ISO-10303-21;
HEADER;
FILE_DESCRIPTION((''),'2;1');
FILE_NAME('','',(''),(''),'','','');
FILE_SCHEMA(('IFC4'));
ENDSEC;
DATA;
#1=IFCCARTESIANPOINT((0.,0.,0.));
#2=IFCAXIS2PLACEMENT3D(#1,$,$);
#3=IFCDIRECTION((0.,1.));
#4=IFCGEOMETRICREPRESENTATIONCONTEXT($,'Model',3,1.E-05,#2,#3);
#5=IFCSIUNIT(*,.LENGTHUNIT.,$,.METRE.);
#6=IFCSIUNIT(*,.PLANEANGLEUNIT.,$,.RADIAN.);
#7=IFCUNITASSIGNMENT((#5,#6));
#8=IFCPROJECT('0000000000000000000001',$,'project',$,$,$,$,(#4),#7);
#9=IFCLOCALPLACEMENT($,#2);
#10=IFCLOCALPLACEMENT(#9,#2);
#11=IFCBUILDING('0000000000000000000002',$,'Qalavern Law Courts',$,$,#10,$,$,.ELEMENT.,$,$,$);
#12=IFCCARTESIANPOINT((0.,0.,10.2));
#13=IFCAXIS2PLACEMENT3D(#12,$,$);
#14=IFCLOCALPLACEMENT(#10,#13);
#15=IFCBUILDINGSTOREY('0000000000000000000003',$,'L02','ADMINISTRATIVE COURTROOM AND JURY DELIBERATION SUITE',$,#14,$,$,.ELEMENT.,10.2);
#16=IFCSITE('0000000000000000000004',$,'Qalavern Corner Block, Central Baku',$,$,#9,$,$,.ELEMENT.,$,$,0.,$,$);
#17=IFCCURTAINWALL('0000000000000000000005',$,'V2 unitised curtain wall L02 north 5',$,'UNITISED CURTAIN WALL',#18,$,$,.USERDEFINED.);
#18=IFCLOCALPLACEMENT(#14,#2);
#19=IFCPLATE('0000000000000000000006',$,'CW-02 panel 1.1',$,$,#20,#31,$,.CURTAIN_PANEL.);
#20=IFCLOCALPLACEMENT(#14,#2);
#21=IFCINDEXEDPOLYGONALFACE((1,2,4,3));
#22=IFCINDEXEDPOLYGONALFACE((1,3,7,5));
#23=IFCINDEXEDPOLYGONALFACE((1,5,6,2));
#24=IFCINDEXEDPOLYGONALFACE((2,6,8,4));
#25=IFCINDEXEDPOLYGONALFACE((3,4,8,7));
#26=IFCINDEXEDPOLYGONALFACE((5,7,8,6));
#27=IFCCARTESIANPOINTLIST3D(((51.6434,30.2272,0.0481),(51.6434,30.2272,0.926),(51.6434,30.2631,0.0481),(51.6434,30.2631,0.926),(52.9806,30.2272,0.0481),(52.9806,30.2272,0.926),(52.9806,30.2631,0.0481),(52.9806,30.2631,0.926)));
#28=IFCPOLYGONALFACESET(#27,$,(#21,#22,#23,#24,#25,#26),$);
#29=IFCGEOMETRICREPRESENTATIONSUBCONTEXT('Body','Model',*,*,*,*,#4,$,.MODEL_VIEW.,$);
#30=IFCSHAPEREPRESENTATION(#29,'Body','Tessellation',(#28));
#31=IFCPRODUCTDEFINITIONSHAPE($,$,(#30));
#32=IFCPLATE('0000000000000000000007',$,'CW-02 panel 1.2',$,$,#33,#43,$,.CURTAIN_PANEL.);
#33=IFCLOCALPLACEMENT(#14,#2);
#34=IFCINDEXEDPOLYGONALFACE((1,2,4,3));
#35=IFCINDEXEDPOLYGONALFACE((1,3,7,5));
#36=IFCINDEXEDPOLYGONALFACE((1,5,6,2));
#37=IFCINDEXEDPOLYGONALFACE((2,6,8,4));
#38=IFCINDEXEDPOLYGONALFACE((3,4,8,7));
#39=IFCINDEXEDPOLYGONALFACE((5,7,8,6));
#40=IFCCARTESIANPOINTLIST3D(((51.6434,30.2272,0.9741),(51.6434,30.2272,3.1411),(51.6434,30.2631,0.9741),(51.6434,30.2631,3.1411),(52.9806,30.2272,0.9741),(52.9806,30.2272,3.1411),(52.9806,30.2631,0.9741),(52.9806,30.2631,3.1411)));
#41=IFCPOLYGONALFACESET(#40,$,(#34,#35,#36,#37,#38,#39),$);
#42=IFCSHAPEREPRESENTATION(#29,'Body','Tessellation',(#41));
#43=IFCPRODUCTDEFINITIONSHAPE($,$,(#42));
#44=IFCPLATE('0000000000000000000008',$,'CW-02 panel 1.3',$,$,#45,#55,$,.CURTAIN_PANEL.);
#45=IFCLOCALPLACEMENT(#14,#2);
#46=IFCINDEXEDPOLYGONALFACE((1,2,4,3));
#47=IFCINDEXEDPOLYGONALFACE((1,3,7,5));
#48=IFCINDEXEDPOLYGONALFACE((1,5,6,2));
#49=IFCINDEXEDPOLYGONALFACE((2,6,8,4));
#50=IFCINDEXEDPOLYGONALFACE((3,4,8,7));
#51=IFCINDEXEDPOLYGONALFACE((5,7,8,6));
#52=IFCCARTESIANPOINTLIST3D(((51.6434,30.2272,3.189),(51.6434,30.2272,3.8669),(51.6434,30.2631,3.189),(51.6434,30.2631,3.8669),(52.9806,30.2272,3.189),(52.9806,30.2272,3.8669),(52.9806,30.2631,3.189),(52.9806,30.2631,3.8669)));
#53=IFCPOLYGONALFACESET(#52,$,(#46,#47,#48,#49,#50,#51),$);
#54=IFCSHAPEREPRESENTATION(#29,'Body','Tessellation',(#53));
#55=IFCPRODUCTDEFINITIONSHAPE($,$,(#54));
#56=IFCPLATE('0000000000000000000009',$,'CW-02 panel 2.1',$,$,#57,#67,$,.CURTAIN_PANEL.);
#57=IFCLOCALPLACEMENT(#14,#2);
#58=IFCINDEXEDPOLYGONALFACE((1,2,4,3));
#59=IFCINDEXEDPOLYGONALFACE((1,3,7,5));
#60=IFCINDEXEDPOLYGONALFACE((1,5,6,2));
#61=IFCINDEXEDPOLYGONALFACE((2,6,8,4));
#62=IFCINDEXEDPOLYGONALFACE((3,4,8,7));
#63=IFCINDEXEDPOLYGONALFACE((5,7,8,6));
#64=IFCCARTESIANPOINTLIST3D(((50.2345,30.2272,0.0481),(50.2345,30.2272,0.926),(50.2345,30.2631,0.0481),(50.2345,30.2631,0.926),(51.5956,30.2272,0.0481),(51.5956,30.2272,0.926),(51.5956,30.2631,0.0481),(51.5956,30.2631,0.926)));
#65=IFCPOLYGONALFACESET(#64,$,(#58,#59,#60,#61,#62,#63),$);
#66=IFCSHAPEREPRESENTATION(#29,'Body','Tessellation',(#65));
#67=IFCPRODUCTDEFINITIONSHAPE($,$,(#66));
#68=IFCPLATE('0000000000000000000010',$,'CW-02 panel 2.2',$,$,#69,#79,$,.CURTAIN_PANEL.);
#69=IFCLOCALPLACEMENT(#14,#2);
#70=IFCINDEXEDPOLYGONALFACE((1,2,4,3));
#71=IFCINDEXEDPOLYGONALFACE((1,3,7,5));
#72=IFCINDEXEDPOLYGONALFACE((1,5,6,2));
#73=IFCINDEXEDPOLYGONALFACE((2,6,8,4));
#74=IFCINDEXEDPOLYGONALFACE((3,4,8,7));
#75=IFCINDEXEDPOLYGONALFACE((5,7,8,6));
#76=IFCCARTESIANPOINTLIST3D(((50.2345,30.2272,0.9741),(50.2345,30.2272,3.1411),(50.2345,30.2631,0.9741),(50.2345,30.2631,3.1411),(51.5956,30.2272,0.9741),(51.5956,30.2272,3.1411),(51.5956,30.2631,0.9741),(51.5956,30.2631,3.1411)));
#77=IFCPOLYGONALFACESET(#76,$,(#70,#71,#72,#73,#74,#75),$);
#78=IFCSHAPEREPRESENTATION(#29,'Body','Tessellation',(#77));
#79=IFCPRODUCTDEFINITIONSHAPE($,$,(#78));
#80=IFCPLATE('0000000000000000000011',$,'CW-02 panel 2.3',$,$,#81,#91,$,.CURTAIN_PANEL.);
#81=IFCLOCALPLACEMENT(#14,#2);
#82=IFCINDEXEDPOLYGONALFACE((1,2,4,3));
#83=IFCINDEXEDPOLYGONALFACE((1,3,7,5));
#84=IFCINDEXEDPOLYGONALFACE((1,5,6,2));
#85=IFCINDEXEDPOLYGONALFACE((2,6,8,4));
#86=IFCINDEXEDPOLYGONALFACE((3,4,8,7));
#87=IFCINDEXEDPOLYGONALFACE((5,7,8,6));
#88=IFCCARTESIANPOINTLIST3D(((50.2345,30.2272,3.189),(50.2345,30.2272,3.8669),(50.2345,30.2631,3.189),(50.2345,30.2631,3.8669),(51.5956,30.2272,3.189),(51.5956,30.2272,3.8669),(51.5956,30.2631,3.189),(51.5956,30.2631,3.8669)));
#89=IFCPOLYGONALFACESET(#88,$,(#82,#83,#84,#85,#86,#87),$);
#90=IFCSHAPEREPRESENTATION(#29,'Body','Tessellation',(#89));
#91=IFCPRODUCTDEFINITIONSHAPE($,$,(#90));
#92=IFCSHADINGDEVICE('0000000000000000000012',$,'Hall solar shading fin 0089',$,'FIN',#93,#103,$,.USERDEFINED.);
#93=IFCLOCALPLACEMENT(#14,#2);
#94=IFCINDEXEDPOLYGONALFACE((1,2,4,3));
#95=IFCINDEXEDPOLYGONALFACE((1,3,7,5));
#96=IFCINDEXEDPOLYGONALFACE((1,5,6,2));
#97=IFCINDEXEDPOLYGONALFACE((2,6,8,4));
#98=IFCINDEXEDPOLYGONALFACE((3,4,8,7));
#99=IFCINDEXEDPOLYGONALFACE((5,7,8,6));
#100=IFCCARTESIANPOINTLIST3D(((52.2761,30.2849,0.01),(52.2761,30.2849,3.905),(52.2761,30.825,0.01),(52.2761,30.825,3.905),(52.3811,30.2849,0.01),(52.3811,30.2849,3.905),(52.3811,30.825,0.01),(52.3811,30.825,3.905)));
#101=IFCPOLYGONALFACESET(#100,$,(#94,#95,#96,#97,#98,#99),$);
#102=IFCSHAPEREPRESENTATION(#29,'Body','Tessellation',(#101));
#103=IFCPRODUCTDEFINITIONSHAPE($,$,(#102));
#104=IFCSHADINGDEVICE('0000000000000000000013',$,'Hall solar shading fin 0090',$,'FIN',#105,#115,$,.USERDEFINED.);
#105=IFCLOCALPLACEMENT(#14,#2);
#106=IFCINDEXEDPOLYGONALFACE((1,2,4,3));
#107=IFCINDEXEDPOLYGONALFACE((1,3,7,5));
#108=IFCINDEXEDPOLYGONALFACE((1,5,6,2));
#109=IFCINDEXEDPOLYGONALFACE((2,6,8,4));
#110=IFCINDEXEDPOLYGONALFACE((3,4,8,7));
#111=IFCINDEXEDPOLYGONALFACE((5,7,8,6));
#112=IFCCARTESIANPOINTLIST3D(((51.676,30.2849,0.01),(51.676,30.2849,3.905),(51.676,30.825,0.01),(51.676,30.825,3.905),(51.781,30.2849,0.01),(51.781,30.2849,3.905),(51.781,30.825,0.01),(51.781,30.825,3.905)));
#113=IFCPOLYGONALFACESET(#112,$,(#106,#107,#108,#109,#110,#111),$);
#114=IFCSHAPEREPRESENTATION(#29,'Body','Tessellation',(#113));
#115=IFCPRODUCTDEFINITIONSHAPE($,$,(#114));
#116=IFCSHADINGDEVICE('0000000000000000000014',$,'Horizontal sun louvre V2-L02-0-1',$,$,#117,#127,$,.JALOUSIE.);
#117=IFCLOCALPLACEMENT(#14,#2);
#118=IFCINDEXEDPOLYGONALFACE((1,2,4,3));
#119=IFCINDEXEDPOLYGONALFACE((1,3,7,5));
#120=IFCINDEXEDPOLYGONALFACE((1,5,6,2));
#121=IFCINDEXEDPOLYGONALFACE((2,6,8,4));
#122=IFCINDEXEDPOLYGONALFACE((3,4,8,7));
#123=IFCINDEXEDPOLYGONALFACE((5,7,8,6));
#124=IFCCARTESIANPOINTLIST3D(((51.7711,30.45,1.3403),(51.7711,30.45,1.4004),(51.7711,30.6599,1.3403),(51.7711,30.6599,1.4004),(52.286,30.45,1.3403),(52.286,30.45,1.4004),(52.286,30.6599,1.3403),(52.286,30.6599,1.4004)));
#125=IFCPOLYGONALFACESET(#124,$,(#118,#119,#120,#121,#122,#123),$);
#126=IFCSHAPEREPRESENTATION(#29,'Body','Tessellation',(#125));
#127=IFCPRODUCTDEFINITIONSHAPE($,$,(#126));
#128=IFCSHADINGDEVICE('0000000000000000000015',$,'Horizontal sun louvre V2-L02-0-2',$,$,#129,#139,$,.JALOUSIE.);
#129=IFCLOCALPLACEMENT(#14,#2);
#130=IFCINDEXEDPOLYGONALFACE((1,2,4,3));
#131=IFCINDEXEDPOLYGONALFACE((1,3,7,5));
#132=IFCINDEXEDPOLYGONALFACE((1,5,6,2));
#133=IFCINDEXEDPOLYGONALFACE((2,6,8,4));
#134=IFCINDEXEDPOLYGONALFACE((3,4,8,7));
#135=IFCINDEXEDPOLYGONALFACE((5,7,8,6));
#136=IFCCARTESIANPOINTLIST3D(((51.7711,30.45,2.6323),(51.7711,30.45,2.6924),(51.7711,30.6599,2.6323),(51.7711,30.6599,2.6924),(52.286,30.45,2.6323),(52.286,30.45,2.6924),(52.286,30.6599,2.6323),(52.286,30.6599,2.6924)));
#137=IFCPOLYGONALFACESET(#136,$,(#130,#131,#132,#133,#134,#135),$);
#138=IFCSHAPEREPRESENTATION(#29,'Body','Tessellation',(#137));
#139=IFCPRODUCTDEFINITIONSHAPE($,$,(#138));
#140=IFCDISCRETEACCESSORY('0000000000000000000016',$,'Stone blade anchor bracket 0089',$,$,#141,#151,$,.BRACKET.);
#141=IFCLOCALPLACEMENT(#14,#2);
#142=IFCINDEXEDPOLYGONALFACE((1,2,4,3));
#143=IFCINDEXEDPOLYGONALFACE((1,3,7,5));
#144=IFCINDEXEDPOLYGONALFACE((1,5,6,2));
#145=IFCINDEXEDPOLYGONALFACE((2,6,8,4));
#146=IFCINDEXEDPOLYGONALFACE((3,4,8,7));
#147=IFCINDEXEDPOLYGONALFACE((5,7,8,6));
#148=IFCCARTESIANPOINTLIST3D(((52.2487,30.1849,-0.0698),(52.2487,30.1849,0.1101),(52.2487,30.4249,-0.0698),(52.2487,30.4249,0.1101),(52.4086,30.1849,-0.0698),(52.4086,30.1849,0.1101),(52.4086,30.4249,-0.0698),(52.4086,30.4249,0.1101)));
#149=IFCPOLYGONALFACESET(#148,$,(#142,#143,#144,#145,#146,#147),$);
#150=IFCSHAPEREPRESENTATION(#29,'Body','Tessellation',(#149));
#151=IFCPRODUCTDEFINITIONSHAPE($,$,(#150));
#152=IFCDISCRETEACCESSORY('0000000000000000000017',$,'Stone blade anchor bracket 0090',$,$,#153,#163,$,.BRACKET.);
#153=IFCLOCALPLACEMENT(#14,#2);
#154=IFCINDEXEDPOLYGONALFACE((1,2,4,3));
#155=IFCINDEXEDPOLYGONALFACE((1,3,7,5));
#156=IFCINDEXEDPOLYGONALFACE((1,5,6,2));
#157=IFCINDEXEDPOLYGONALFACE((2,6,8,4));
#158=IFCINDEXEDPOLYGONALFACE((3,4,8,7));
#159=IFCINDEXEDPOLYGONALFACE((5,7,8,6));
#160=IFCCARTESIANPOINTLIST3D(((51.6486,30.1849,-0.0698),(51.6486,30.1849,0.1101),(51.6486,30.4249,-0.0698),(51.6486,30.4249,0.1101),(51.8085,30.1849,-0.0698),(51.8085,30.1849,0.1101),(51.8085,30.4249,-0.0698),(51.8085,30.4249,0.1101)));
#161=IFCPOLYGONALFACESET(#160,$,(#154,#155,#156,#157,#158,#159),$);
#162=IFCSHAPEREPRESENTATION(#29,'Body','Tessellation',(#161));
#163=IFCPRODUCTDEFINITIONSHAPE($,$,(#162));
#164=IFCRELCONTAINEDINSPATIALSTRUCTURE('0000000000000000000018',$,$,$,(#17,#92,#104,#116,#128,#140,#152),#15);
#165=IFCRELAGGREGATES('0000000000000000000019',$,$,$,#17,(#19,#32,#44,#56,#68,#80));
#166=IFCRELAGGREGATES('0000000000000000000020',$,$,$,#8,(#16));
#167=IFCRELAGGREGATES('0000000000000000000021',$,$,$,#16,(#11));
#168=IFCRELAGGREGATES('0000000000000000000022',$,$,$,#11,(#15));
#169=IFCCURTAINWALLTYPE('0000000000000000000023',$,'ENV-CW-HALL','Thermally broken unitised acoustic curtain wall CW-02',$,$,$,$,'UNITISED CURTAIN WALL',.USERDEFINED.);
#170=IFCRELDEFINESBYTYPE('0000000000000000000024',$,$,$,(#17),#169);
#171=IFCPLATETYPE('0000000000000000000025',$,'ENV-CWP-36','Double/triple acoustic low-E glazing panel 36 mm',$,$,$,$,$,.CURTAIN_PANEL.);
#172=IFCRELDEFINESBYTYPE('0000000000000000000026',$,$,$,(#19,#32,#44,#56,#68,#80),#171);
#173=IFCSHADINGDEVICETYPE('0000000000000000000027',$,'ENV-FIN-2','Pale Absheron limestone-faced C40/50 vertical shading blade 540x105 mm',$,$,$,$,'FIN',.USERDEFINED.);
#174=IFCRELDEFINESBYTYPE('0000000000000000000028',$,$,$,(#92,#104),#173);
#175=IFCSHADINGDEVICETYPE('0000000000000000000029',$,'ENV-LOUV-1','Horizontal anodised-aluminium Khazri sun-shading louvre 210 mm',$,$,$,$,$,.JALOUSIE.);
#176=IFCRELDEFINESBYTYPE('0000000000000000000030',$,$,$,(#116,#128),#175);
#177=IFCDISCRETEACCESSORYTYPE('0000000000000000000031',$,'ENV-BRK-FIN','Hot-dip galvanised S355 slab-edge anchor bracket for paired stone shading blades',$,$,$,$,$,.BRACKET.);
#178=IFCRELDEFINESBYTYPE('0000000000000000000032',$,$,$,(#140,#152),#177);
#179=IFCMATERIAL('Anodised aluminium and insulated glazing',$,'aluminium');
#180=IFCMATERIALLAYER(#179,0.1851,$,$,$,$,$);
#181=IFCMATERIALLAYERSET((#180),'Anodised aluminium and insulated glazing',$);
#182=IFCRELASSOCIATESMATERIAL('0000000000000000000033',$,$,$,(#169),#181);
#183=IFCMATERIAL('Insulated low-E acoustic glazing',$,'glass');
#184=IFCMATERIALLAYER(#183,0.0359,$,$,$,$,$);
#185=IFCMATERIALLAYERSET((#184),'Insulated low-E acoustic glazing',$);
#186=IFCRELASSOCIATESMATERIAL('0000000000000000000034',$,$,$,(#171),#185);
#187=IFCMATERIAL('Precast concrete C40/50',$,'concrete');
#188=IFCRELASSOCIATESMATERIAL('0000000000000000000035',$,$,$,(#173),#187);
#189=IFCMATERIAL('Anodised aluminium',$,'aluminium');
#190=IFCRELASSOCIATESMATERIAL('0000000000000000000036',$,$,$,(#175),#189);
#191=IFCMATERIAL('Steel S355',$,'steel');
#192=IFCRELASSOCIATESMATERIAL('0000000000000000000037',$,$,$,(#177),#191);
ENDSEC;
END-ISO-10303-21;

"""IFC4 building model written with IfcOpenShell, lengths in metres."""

from ifc_helpers import new_model, si_unit, direction, frame, origin, origin_2d, place, context, subcontext, project, spatial, rectangle, extrude, material, layer, layer_set, type_object, element, aggregate, save


model = new_model("IFC4")

# Units and contexts
model_context = context("Model", 3, precision=1e-05, world=origin(), true_north=direction((0.0, 1.0)))
body_context = subcontext(model_context, "Body", "Model", "MODEL_VIEW")
ifc_project = project(units=[si_unit("LENGTHUNIT", "METRE"), si_unit("PLANEANGLEUNIT", "RADIAN")], contexts=[model_context])

# Site, building, storey
site_placement = place(None, origin())
site = spatial("IfcSite", under=ifc_project, at=site_placement, Name="Qalavern Corner Block, Central Baku", CompositionType="ELEMENT", RefElevation=0.0)
building_placement = place(site_placement, origin())
building = spatial("IfcBuilding", under=site, at=building_placement, Name="Qalavern Law Courts", CompositionType="ELEMENT")
storey_placement = place(building_placement, frame((0.0, 0.0, 10.2)))
storey = spatial("IfcBuildingStorey", under=building, at=storey_placement, Name="L02", Description="ADMINISTRATIVE COURTROOM AND JURY DELIBERATION SUITE", CompositionType="ELEMENT", Elevation=10.2)

# Curtain wall, plates
ifc_material_1 = material(Name="Anodised aluminium and insulated glazing", Category="aluminium")
ifc_layer_1 = layer(ifc_material_1, 0.1851)
ifc_layer_set_1 = layer_set([ifc_layer_1], Name="Anodised aluminium and insulated glazing")
curtain_wall_type = type_object("IfcCurtainWallType", Name="ENV-CW-HALL", Description="Thermally broken unitised acoustic curtain wall CW-02", ElementType="UNITISED CURTAIN WALL", PredefinedType="USERDEFINED", material=ifc_layer_set_1)
curtain_wall_placement = place(storey_placement, origin())
curtain_wall = element("IfcCurtainWall", 1, at=curtain_wall_placement, inside=storey, type_object=curtain_wall_type, Name="V2 unitised curtain wall L02 north 5", ObjectType="UNITISED CURTAIN WALL", PredefinedType="USERDEFINED")
ifc_material_2 = material(Name="Anodised aluminium", Category="aluminium")
ifc_material_3 = material(Name="Insulated low-E acoustic glazing", Category="glass")
ifc_layer_2 = layer(ifc_material_3, 0.0359)
ifc_layer_set_2 = layer_set([ifc_layer_2], Name="Insulated low-E acoustic glazing")
plate_type = type_object("IfcPlateType", Name="ENV-CWP-36", Description="Double/triple acoustic low-E glazing panel 36 mm", PredefinedType="CURTAIN_PANEL", material=ifc_layer_set_2)
plate_1_placement = place(storey_placement, frame((52.312, 30.2451, 0.0481), z_axis=(0.0, 0.0, 1.0), x_axis=(-1.0, 0.0, 0.0)))
plate_1 = element("IfcPlate", 2, at=plate_1_placement, type_object=plate_type, Name="CW-02 panel 1.1", PredefinedType="CURTAIN_PANEL", context=body_context, shape_type="SweptSolid", body=[
    extrude(rectangle(XDim=1.3372, YDim=0.0359, at=origin_2d()), origin(), (0.0, 0.0, 1.0), 0.8779),
])
plate_2_placement = place(storey_placement, frame((52.312, 30.2451, 0.9741), z_axis=(0.0, 0.0, 1.0), x_axis=(-1.0, 0.0, 0.0)))
plate_2 = element("IfcPlate", 3, at=plate_2_placement, type_object=plate_type, Name="CW-02 panel 1.2", PredefinedType="CURTAIN_PANEL", context=body_context, shape_type="SweptSolid", body=[
    extrude(rectangle(XDim=1.3372, YDim=0.0359, at=origin_2d()), origin(), (0.0, 0.0, 1.0), 2.167),
])
plate_3_placement = place(storey_placement, frame((52.312, 30.2451, 3.189), z_axis=(0.0, 0.0, 1.0), x_axis=(-1.0, 0.0, 0.0)))
plate_3 = element("IfcPlate", 4, at=plate_3_placement, type_object=plate_type, Name="CW-02 panel 1.3", PredefinedType="CURTAIN_PANEL", context=body_context, shape_type="SweptSolid", body=[
    extrude(rectangle(XDim=1.3372, YDim=0.0359, at=origin_2d()), origin(), (0.0, 0.0, 1.0), 0.678),
])
plate_4_placement = place(storey_placement, frame((50.915, 30.2451, 0.0481), z_axis=(0.0, 0.0, 1.0), x_axis=(-1.0, 0.0, 0.0)))
plate_4 = element("IfcPlate", 5, at=plate_4_placement, type_object=plate_type, Name="CW-02 panel 2.1", PredefinedType="CURTAIN_PANEL", context=body_context, shape_type="SweptSolid", body=[
    extrude(rectangle(XDim=1.3611, YDim=0.0359, at=origin_2d()), origin(), (0.0, 0.0, 1.0), 0.8779),
])
plate_5_placement = place(storey_placement, frame((50.915, 30.2451, 0.9741), z_axis=(0.0, 0.0, 1.0), x_axis=(-1.0, 0.0, 0.0)))
plate_5 = element("IfcPlate", 6, at=plate_5_placement, type_object=plate_type, Name="CW-02 panel 2.2", PredefinedType="CURTAIN_PANEL", context=body_context, shape_type="SweptSolid", body=[
    extrude(rectangle(XDim=1.3611, YDim=0.0359, at=origin_2d()), origin(), (0.0, 0.0, 1.0), 2.167),
])
plate_6_placement = place(storey_placement, frame((50.915, 30.2451, 3.189), z_axis=(0.0, 0.0, 1.0), x_axis=(-1.0, 0.0, 0.0)))
plate_6 = element("IfcPlate", 7, at=plate_6_placement, type_object=plate_type, Name="CW-02 panel 2.3", PredefinedType="CURTAIN_PANEL", context=body_context, shape_type="SweptSolid", body=[
    extrude(rectangle(XDim=1.3611, YDim=0.0359, at=origin_2d()), origin(), (0.0, 0.0, 1.0), 0.678),
])
aggregate(curtain_wall, [plate_1, plate_2, plate_3, plate_4, plate_5, plate_6])

# Shading devices
ifc_material_4 = material(Name="Precast concrete C40/50", Category="concrete")
shading_device_type_1 = type_object("IfcShadingDeviceType", Name="ENV-FIN-2", Description="Pale Absheron limestone-faced C40/50 vertical shading blade 540x105 mm", ElementType="FIN", PredefinedType="USERDEFINED", material=ifc_material_4)
for number, where, z_axis, x_axis, name in (
    (8, (52.3286, 30.5549, 0.01), (0.0, 0.0, 1.0), (0.0, 1.0, 0.0), "Hall solar shading fin 0089"),
    (9, (51.7285, 30.5549, 0.01), (0.0, 0.0, 1.0), (0.0, 1.0, 0.0), "Hall solar shading fin 0090"),
):
    element("IfcShadingDevice", number, at=place(storey_placement, frame(where, z_axis=z_axis, x_axis=x_axis)), inside=storey, type_object=shading_device_type_1, Name=name, ObjectType="FIN", PredefinedType="USERDEFINED", context=body_context, shape_type="SweptSolid", body=[
        extrude(rectangle(XDim=0.54, YDim=0.105, at=origin_2d()), origin(), (0.0, 0.0, 1.0), 3.895),
    ])
shading_device_type_2 = type_object("IfcShadingDeviceType", Name="ENV-LOUV-1", Description="Horizontal anodised-aluminium Khazri sun-shading louvre 210 mm", PredefinedType="JALOUSIE", material=ifc_material_2)
for number, where, z_axis, x_axis, name in (
    (10, (52.0286, 30.5549, 1.3403), (0.0, 0.0, 1.0), (-1.0, 0.0, 0.0), "Horizontal sun louvre V2-L02-0-1"),
    (11, (52.0286, 30.5549, 2.6323), (0.0, 0.0, 1.0), (-1.0, 0.0, 0.0), "Horizontal sun louvre V2-L02-0-2"),
):
    element("IfcShadingDevice", number, at=place(storey_placement, frame(where, z_axis=z_axis, x_axis=x_axis)), inside=storey, type_object=shading_device_type_2, Name=name, PredefinedType="JALOUSIE", context=body_context, shape_type="SweptSolid", body=[
        extrude(rectangle(XDim=0.5149, YDim=0.21, at=origin_2d()), origin(), (0.0, 0.0, 1.0), 0.0601),
    ])

# Discrete accessories
ifc_material_5 = material(Name="Steel S355", Category="steel")
discrete_accessory_type = type_object("IfcDiscreteAccessoryType", Name="ENV-BRK-FIN", Description="Hot-dip galvanised S355 slab-edge anchor bracket for paired stone shading blades", PredefinedType="BRACKET", material=ifc_material_5)
for number, where, z_axis, x_axis, name in (
    (12, (52.3286, 30.3049, -0.0698), (0.0, 0.0, 1.0), (0.0, 1.0, 0.0), "Stone blade anchor bracket 0089"),
    (13, (51.7285, 30.3049, -0.0698), (0.0, 0.0, 1.0), (0.0, 1.0, 0.0), "Stone blade anchor bracket 0090"),
):
    element("IfcDiscreteAccessory", number, at=place(storey_placement, frame(where, z_axis=z_axis, x_axis=x_axis)), inside=storey, type_object=discrete_accessory_type, Name=name, PredefinedType="BRACKET", context=body_context, shape_type="SweptSolid", body=[
        extrude(rectangle(XDim=0.24, YDim=0.1599, at=origin_2d()), origin(), (0.0, 0.0, 1.0), 0.1799),
    ])

save(model, "model.ifc")
